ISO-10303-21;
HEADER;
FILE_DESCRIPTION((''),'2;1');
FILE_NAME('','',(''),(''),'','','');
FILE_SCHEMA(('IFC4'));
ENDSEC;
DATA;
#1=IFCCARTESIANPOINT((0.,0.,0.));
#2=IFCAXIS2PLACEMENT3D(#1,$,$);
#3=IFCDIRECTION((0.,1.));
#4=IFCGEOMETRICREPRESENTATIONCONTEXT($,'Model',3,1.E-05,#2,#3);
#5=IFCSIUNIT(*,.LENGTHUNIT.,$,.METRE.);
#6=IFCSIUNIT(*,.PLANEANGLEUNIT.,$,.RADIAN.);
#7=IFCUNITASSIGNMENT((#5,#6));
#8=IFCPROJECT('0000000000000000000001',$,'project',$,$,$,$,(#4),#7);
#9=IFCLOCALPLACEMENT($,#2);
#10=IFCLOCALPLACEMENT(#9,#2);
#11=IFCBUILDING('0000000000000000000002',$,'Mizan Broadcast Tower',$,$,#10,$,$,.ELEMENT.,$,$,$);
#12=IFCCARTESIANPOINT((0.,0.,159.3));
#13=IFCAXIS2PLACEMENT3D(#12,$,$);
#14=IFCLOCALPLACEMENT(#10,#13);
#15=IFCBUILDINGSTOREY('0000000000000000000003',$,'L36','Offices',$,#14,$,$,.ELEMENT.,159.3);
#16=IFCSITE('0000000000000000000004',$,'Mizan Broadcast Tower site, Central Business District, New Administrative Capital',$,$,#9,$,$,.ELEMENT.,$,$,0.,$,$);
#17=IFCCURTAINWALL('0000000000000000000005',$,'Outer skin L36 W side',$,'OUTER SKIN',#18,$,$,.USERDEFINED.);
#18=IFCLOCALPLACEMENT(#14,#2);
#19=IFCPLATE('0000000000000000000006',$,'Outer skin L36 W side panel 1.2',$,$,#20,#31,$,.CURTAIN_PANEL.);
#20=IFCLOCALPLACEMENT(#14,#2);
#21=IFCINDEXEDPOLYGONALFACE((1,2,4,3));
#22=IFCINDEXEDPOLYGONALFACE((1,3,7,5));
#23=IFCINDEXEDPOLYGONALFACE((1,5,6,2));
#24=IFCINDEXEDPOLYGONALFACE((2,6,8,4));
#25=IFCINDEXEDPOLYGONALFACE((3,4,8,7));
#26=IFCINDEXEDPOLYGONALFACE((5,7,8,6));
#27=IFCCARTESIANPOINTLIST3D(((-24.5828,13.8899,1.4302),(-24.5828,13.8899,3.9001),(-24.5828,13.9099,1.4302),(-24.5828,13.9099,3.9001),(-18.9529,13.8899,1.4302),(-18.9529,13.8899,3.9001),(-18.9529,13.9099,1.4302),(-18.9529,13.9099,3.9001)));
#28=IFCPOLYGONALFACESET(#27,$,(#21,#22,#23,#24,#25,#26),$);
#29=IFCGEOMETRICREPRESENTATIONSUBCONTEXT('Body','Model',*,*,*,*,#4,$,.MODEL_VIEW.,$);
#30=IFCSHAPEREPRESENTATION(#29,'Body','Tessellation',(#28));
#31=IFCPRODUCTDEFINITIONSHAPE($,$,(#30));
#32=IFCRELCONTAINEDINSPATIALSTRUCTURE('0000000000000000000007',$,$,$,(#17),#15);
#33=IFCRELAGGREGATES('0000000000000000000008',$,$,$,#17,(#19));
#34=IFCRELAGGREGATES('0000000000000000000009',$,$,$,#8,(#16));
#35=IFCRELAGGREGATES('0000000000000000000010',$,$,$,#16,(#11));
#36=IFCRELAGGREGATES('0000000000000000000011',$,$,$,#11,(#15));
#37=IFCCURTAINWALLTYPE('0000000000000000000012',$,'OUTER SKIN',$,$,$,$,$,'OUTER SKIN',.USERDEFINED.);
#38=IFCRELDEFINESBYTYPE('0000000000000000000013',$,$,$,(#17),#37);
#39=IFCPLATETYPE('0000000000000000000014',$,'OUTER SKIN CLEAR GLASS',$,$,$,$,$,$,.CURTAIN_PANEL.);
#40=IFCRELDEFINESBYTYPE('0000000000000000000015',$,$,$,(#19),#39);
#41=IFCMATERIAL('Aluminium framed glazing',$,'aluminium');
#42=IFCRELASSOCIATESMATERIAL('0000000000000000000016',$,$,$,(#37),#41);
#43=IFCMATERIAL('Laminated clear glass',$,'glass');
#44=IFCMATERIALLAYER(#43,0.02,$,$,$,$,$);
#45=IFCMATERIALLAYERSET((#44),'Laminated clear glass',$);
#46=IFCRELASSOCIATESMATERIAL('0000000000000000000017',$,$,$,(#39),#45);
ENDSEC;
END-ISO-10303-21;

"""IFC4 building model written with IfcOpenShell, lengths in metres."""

from ifc_helpers import new_model, si_unit, direction, frame, origin, origin_2d, place, context, subcontext, project, spatial, rectangle, extrude, material, layer, layer_set, type_object, element, aggregate, save


model = new_model("IFC4")

# Units and contexts
model_context = context("Model", 3, precision=1e-05, world=origin(), true_north=direction((0.0, 1.0)))
body_context = subcontext(model_context, "Body", "Model", "MODEL_VIEW")
ifc_project = project(units=[si_unit("LENGTHUNIT", "METRE"), si_unit("PLANEANGLEUNIT", "RADIAN")], contexts=[model_context])

# Site, building, storey
site_placement = place(None, origin())
site = spatial("IfcSite", under=ifc_project, at=site_placement, Name="Mizan Broadcast Tower site, Central Business District, New Administrative Capital", CompositionType="ELEMENT", RefElevation=0.0)
building_placement = place(site_placement, origin())
building = spatial("IfcBuilding", under=site, at=building_placement, Name="Mizan Broadcast Tower", CompositionType="ELEMENT")
storey_placement = place(building_placement, frame((0.0, 0.0, 159.3)))
storey = spatial("IfcBuildingStorey", under=building, at=storey_placement, Name="L36", Description="Offices", CompositionType="ELEMENT", Elevation=159.3)

# Curtain wall
ifc_material_1 = material(Name="Aluminium framed glazing", Category="aluminium")
curtain_wall_type_1 = type_object("IfcCurtainWallType", Name="OUTER SKIN", ElementType="OUTER SKIN", PredefinedType="USERDEFINED", material=ifc_material_1)
curtain_wall_1_placement = place(storey_placement, origin())
curtain_wall_1 = element("IfcCurtainWall", 1, at=curtain_wall_1_placement, inside=storey, type_object=curtain_wall_type_1, Name="Outer skin L36 W side", ObjectType="OUTER SKIN", PredefinedType="USERDEFINED")

# Plate
ifc_material_2 = material(Name="Laminated clear glass", Category="glass")
ifc_layer = layer(ifc_material_2, 0.02)
ifc_layer_set = layer_set([ifc_layer], Name="Laminated clear glass")
plate_type = type_object("IfcPlateType", Name="OUTER SKIN CLEAR GLASS", PredefinedType="CURTAIN_PANEL", material=ifc_layer_set)
plate_1_placement = place(storey_placement, frame((-21.7678, 13.8999, 1.4302), z_axis=(0.0, 0.0, 1.0), x_axis=(-1.0, 0.0, 0.0)))
plate_1 = element("IfcPlate", 2, at=plate_1_placement, type_object=plate_type, Name="Outer skin L36 W side panel 1.2", PredefinedType="CURTAIN_PANEL", context=body_context, shape_type="SweptSolid", body=[
    extrude(rectangle(XDim=5.6299, YDim=0.02, at=origin_2d()), origin(), (0.0, 0.0, 1.0), 2.47),
])
aggregate(curtain_wall_1, [plate_1])

save(model, "model.ifc")
